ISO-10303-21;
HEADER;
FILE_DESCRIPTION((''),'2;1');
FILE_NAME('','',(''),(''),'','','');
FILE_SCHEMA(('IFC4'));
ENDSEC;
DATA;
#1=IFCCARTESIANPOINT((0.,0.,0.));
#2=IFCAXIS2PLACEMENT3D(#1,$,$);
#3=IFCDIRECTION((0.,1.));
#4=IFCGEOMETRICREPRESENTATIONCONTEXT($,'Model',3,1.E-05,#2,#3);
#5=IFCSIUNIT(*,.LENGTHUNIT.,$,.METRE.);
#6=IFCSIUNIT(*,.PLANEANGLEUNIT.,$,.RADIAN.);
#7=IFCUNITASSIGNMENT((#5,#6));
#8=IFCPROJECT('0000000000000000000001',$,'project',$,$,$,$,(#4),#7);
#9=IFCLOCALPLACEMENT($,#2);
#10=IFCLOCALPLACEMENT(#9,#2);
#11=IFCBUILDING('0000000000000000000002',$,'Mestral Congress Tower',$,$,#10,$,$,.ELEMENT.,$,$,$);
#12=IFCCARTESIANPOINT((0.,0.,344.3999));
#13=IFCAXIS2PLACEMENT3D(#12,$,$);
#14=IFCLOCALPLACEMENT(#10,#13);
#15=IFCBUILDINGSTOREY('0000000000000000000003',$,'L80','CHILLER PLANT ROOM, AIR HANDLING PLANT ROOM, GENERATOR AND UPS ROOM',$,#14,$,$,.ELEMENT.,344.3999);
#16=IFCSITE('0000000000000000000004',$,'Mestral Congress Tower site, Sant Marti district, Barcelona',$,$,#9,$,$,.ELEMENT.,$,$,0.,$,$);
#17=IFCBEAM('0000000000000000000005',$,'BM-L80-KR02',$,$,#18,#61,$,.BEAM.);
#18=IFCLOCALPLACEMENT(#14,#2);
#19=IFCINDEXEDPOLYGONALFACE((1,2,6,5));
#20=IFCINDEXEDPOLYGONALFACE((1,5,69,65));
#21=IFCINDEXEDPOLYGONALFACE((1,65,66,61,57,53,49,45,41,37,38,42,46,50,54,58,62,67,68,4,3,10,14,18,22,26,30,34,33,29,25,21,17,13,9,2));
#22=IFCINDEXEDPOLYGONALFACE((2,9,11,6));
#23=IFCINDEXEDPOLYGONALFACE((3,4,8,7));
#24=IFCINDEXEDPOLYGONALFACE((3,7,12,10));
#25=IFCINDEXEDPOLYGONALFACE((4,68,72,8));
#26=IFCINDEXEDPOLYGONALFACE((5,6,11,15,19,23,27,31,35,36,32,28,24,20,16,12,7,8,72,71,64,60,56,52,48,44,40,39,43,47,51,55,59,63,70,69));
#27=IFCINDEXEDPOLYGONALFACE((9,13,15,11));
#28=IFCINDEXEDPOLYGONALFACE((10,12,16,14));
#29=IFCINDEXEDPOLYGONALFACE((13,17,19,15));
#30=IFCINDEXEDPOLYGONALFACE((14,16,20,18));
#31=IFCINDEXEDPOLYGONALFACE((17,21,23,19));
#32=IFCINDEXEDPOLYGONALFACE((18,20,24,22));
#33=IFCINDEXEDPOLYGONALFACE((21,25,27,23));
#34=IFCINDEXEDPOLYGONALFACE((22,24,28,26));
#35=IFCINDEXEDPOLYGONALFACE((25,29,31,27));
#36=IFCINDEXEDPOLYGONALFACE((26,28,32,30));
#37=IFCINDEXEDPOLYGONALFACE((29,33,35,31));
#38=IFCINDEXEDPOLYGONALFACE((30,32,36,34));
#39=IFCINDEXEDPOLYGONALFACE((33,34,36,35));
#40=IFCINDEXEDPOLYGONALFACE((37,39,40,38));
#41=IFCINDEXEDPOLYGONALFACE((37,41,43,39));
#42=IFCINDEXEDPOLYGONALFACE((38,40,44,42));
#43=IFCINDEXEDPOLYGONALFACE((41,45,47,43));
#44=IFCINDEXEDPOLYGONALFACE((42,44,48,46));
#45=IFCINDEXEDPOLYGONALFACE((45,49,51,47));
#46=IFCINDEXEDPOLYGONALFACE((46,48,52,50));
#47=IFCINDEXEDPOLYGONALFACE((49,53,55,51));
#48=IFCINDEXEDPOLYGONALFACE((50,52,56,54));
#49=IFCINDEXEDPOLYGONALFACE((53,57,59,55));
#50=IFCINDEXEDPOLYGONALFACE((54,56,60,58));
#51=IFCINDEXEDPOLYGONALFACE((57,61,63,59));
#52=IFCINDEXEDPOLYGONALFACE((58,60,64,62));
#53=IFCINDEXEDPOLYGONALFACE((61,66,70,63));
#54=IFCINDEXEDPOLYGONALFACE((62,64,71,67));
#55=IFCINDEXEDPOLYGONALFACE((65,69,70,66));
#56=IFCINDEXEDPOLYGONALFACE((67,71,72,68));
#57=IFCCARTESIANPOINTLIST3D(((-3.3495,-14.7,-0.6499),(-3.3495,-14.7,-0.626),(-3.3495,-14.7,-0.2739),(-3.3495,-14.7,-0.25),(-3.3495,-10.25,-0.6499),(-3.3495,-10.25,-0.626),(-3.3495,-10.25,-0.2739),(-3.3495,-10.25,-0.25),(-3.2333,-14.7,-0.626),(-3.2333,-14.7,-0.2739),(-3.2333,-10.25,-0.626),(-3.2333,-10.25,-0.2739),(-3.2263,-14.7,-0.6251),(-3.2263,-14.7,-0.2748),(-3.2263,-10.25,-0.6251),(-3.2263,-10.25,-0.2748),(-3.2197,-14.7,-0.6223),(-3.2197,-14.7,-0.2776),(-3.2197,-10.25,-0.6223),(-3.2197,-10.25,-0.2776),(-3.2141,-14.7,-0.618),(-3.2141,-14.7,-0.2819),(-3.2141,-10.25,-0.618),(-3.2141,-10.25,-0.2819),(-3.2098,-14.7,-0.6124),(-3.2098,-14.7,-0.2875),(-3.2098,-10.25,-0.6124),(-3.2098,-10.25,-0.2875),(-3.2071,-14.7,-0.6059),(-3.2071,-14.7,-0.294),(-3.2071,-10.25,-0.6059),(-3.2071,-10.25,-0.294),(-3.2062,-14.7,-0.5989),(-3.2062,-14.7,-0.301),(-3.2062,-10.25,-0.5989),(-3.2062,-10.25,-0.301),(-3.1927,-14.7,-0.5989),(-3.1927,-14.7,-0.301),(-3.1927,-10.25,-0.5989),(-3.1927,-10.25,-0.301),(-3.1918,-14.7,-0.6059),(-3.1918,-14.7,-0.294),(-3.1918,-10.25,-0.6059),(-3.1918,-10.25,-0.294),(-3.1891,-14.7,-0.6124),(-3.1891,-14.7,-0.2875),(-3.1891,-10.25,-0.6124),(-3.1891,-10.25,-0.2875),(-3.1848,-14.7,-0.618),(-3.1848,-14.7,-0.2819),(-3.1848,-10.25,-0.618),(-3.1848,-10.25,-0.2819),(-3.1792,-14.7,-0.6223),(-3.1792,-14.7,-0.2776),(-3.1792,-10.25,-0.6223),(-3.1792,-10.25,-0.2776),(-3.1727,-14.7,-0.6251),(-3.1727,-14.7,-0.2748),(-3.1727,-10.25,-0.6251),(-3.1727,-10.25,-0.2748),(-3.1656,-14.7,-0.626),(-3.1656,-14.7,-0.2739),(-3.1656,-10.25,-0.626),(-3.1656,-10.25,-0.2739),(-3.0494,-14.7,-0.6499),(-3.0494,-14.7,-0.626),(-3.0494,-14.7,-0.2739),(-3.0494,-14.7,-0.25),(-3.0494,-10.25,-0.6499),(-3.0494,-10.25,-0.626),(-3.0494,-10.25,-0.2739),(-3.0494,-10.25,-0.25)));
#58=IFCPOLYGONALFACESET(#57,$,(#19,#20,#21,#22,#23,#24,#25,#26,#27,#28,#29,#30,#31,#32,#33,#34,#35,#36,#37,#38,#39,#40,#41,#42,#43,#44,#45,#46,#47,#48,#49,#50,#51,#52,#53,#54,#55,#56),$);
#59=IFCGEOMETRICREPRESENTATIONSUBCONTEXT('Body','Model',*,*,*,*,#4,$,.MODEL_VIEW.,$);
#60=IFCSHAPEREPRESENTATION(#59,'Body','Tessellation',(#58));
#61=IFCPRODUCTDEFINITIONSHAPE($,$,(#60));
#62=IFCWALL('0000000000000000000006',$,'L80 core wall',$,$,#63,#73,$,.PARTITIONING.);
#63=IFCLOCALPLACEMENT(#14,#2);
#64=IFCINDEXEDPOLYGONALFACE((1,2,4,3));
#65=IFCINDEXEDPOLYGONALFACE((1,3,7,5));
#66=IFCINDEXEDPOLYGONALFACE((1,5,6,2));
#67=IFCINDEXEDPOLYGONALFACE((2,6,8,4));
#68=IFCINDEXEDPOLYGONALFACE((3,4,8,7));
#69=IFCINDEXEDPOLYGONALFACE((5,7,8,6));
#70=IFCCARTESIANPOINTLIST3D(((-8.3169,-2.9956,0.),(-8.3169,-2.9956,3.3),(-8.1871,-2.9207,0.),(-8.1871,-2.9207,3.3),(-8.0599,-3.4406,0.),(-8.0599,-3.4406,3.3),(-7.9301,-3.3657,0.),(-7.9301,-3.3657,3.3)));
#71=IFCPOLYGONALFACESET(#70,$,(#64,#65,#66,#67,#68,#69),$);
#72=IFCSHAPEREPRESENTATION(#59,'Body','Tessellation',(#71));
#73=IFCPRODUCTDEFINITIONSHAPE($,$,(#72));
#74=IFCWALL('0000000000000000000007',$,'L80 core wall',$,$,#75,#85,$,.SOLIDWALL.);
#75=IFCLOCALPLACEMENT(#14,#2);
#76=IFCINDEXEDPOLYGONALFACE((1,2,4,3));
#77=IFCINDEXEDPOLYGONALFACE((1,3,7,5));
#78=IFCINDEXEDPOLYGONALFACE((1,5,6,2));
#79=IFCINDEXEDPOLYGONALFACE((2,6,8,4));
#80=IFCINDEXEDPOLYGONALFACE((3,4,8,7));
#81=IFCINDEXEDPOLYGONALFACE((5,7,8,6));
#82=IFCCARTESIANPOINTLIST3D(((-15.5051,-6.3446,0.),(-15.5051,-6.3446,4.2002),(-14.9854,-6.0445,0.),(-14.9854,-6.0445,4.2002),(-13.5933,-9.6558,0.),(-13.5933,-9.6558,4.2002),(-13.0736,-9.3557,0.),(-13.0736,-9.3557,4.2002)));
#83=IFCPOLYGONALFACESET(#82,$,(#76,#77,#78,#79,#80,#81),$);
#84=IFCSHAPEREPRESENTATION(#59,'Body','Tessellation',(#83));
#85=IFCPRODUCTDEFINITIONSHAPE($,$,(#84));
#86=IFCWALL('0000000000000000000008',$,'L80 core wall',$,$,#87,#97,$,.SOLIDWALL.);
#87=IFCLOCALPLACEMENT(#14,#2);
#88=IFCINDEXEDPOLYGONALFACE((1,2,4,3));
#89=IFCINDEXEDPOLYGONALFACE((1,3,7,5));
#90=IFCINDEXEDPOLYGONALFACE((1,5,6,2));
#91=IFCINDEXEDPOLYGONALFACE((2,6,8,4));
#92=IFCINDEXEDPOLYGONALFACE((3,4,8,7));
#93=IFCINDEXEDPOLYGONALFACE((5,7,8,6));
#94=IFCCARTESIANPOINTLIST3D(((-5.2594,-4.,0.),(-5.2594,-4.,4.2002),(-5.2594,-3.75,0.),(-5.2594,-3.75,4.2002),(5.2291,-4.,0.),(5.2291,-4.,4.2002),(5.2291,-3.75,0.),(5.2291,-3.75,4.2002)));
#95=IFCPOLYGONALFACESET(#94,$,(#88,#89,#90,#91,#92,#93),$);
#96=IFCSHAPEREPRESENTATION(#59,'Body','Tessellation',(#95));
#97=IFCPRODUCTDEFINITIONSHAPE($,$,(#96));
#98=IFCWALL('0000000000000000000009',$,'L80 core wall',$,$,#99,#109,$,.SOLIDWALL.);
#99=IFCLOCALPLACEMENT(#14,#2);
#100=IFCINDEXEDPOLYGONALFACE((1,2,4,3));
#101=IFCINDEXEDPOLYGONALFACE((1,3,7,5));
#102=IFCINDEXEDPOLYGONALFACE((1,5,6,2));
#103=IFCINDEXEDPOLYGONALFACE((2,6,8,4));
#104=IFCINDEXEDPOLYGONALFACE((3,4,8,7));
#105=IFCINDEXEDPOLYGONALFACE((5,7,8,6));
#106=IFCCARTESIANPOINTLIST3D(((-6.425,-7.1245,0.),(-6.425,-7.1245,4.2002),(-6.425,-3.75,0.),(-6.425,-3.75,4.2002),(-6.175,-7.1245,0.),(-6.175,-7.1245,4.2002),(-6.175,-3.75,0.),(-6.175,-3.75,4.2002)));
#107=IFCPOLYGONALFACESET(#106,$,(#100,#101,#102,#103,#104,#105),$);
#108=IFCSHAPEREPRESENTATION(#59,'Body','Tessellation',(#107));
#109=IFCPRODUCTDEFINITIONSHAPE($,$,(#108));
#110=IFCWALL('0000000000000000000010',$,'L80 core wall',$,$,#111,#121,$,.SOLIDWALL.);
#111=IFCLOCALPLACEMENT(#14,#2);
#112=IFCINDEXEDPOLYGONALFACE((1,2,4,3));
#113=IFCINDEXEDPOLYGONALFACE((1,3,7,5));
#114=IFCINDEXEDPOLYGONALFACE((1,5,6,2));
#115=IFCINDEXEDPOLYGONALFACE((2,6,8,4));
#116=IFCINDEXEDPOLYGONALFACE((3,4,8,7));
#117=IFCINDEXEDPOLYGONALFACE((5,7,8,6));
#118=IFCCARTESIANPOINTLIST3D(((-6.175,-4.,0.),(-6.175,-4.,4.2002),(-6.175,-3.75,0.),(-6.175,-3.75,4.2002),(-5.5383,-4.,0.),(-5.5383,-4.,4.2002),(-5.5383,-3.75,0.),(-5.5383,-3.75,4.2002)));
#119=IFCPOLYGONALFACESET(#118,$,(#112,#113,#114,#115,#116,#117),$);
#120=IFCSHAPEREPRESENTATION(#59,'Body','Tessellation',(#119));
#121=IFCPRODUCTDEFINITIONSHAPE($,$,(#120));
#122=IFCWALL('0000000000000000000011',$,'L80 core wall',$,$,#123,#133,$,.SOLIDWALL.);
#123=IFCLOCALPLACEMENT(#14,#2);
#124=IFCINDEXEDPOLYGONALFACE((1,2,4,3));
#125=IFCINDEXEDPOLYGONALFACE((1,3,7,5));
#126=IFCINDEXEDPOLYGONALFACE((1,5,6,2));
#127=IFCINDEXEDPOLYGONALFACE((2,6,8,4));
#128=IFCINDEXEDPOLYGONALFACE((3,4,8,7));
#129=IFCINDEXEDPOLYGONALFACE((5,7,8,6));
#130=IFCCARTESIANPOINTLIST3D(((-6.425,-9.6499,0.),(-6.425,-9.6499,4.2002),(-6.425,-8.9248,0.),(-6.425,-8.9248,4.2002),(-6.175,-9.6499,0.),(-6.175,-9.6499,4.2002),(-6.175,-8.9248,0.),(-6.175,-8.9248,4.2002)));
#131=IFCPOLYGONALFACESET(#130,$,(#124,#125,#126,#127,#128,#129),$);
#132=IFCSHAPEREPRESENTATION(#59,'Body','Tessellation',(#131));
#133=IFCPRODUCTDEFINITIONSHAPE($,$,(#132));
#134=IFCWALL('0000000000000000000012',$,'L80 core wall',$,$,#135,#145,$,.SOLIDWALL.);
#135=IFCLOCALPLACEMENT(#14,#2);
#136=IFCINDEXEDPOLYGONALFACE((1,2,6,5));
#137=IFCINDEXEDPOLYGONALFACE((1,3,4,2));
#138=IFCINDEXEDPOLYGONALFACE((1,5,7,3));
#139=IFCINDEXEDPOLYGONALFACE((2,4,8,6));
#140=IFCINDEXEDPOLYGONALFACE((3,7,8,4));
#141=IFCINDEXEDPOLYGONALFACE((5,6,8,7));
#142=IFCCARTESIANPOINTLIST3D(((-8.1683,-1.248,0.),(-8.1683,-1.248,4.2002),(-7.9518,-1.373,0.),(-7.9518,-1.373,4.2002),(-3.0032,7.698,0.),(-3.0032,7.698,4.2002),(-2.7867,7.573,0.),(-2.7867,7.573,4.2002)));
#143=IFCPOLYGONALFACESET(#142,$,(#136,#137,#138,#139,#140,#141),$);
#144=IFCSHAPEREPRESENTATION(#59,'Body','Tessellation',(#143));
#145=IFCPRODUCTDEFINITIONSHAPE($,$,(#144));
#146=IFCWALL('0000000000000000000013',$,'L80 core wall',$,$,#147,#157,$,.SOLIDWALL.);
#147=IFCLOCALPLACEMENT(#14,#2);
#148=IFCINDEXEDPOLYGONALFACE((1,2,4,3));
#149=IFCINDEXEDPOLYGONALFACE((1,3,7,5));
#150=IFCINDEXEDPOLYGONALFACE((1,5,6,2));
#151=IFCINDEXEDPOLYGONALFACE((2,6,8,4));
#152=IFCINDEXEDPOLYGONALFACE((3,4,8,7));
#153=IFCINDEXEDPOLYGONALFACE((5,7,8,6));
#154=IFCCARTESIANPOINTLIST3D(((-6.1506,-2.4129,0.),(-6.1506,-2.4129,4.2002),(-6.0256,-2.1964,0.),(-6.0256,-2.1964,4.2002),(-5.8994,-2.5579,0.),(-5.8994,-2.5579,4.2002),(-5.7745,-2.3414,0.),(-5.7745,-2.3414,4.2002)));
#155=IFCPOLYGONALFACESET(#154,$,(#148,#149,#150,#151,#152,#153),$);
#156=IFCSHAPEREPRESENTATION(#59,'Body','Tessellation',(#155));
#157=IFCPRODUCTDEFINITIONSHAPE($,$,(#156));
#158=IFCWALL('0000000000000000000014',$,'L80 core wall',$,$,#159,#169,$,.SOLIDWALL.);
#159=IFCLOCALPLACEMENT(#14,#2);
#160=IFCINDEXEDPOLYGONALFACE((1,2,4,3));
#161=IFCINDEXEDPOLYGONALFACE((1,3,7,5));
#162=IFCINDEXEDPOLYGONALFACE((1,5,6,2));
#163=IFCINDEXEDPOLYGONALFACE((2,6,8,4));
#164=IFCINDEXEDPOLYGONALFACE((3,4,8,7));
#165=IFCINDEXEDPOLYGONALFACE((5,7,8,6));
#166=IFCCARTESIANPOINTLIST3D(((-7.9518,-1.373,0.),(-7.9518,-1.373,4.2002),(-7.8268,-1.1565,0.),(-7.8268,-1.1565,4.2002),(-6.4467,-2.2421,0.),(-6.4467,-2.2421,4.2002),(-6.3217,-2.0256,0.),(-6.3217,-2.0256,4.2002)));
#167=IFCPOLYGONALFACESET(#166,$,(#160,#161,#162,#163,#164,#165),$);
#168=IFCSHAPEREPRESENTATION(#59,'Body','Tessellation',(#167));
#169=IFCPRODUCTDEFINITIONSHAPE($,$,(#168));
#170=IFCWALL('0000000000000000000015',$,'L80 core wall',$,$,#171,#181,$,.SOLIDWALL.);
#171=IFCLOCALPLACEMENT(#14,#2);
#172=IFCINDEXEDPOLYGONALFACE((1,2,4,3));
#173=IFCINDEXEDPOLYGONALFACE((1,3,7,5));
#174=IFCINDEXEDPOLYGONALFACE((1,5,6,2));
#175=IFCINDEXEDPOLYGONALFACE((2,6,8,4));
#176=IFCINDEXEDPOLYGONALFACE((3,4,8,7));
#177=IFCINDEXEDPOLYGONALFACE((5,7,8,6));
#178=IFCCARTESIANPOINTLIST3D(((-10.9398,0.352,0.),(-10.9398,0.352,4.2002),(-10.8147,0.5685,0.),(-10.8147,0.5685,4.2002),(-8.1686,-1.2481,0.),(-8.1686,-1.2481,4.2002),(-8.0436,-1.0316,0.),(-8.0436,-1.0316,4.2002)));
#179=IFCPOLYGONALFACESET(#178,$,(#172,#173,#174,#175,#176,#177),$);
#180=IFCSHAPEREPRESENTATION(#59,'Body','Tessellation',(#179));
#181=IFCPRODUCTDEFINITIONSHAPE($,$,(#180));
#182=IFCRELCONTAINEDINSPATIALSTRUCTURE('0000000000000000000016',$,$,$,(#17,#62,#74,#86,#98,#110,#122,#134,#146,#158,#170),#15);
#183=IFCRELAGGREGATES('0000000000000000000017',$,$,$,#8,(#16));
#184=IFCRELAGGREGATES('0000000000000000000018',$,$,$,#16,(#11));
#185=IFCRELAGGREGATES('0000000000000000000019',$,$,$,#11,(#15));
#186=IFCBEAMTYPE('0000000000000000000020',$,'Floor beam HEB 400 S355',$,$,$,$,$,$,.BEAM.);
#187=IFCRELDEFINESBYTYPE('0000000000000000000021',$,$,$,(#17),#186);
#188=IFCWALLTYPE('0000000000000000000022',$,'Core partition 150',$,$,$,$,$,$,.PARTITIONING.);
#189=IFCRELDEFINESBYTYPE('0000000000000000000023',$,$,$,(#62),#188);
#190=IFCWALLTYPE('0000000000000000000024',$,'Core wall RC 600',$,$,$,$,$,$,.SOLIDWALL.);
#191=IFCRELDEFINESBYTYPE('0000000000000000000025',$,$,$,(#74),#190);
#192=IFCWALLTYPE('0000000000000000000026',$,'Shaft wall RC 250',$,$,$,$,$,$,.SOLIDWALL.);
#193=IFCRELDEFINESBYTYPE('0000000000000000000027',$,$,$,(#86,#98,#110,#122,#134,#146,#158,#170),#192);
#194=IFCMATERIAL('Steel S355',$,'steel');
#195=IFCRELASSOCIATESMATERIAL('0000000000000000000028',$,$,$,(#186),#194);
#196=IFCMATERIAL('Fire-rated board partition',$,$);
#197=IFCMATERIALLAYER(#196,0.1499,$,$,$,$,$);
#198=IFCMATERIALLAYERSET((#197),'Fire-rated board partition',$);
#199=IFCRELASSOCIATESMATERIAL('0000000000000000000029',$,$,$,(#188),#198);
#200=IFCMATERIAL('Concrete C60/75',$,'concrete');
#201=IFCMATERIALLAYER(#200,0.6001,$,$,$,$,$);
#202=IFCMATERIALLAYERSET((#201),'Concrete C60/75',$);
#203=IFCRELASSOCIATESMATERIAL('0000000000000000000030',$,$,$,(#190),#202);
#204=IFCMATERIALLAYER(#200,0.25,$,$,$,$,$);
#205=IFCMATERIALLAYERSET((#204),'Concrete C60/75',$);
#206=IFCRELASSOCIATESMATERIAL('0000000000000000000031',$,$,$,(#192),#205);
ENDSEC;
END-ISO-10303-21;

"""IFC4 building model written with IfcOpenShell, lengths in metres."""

from ifc_helpers import new_model, si_unit, direction, frame, frame_2d, origin, origin_2d, place, context, subcontext, project, spatial, rectangle, i_section, extrude, material, layer, layer_set, material_profile, profile_set, type_object, element, save


model = new_model("IFC4")

# Units and contexts
model_context = context("Model", 3, precision=1e-05, world=origin(), true_north=direction((0.0, 1.0)))
body_context = subcontext(model_context, "Body", "Model", "MODEL_VIEW")
ifc_project = project(units=[si_unit("LENGTHUNIT", "METRE"), si_unit("PLANEANGLEUNIT", "RADIAN")], contexts=[model_context])

# Site, building, storey
site_placement = place(None, origin())
site = spatial("IfcSite", under=ifc_project, at=site_placement, Name="Mestral Congress Tower site, Sant Marti district, Barcelona", CompositionType="ELEMENT", RefElevation=0.0)
building_placement = place(site_placement, origin())
building = spatial("IfcBuilding", under=site, at=building_placement, Name="Mestral Congress Tower", CompositionType="ELEMENT")
storey_placement = place(building_placement, frame((0.0, 0.0, 344.3999)))
storey = spatial("IfcBuildingStorey", under=building, at=storey_placement, Name="L80", Description="CHILLER PLANT ROOM, AIR HANDLING PLANT ROOM, GENERATOR AND UPS ROOM", CompositionType="ELEMENT", Elevation=344.3999)

# Beam
ifc_material_1 = material(Name="Steel S355", Category="steel")
ifc_material_profile = material_profile(ifc_material_1, i_section(OverallWidth=0.3, OverallDepth=0.3999, WebThickness=0.0134, FlangeThickness=0.0239, FilletRadius=0.0271, at=origin_2d()), Name="HEB 400")
ifc_profile_set = profile_set([ifc_material_profile], Name="Steel S355")
beam_type = type_object("IfcBeamType", Name="Floor beam HEB 400 S355", PredefinedType="BEAM", material=ifc_profile_set)
beam_placement = place(storey_placement, frame((-3.1995, -10.25, -0.45), z_axis=(0.0, -1.0, 0.0), x_axis=(1.0, 0.0, 0.0)))
element("IfcBeam", 1, at=beam_placement, inside=storey, type_object=beam_type, Name="BM-L80-KR02", PredefinedType="BEAM", context=body_context, shape_type="SweptSolid", body=[
    extrude(i_section(OverallWidth=0.3, OverallDepth=0.3999, WebThickness=0.0134, FlangeThickness=0.0239, FilletRadius=0.0271, at=origin_2d()), origin(), (0.0, 0.0, 1.0), 4.45),
])

# Walls
ifc_material_2 = material(Name="Fire-rated board partition")
ifc_layer_1 = layer(ifc_material_2, 0.1499)
ifc_layer_set_1 = layer_set([ifc_layer_1], Name="Fire-rated board partition")
wall_type_1 = type_object("IfcWallType", Name="Core partition 150", PredefinedType="PARTITIONING", material=ifc_layer_set_1)
wall_1_placement = place(storey_placement, frame((-8.252, -2.9583, 0.0), z_axis=(0.0, 0.0, 1.0), x_axis=(0.500175, -0.865925, 0.0)))
element("IfcWall", 2, at=wall_1_placement, inside=storey, type_object=wall_type_1, Name="L80 core wall", PredefinedType="PARTITIONING", context=body_context, shape_type="SweptSolid", body=[
    extrude(rectangle(XDim=0.5139, YDim=0.1499, at=frame_2d((0.2568, 0.0))), origin(), (0.0, 0.0, 1.0), 3.3),
])
ifc_material_3 = material(Name="Concrete C60/75", Category="concrete")
ifc_layer_2 = layer(ifc_material_3, 0.6001)
ifc_layer_set_2 = layer_set([ifc_layer_2], Name="Concrete C60/75")
wall_type_2 = type_object("IfcWallType", Name="Core wall RC 600", PredefinedType="SOLIDWALL", material=ifc_layer_set_2)
wall_2_placement = place(storey_placement, frame((-13.3335, -9.5056, 0.0), z_axis=(0.0, 0.0, 1.0), x_axis=(-0.500019, 0.866014, 0.0)))
element("IfcWall", 3, at=wall_2_placement, inside=storey, type_object=wall_type_2, Name="L80 core wall", PredefinedType="SOLIDWALL", context=body_context, shape_type="SweptSolid", body=[
    extrude(rectangle(XDim=3.8235, YDim=0.6001, at=frame_2d((1.9116, 0.0))), origin(), (0.0, 0.0, 1.0), 4.2002),
])
ifc_layer_3 = layer(ifc_material_3, 0.25)
ifc_layer_set_3 = layer_set([ifc_layer_3], Name="Concrete C60/75")
wall_type_3 = type_object("IfcWallType", Name="Shaft wall RC 250", PredefinedType="SOLIDWALL", material=ifc_layer_set_3)
wall_3_placement = place(storey_placement, frame((-5.2593, -3.875, 0.0), z_axis=(0.0, 0.0, 1.0), x_axis=(1.0, 0.0, 0.0)))
element("IfcWall", 4, at=wall_3_placement, inside=storey, type_object=wall_type_3, Name="L80 core wall", PredefinedType="SOLIDWALL", context=body_context, shape_type="SweptSolid", body=[
    extrude(rectangle(XDim=10.4885, YDim=0.25, at=frame_2d((5.2441, 0.0))), origin(), (0.0, 0.0, 1.0), 4.2002),
])
wall_4_placement = place(storey_placement, frame((-6.3, -7.1245, 0.0), z_axis=(0.0, 0.0, 1.0), x_axis=(0.0, 1.0, 0.0)))
element("IfcWall", 5, at=wall_4_placement, inside=storey, type_object=wall_type_3, Name="L80 core wall", PredefinedType="SOLIDWALL", context=body_context, shape_type="SweptSolid", body=[
    extrude(rectangle(XDim=3.3745, YDim=0.25, at=frame_2d((1.6873, 0.0))), origin(), (0.0, 0.0, 1.0), 4.2002),
])
wall_5_placement = place(storey_placement, frame((-6.175, -3.875, 0.0), z_axis=(0.0, 0.0, 1.0), x_axis=(1.0, 0.0, 0.0)))
element("IfcWall", 6, at=wall_5_placement, inside=storey, type_object=wall_type_3, Name="L80 core wall", PredefinedType="SOLIDWALL", context=body_context, shape_type="SweptSolid", body=[
    extrude(rectangle(XDim=0.6367, YDim=0.25, at=frame_2d((0.3184, 0.0))), origin(), (0.0, 0.0, 1.0), 4.2002),
])
wall_6_placement = place(storey_placement, frame((-6.3, -8.9248, 0.0), z_axis=(0.0, 0.0, 1.0), x_axis=(0.0, -1.0, 0.0)))
element("IfcWall", 7, at=wall_6_placement, inside=storey, type_object=wall_type_3, Name="L80 core wall", PredefinedType="SOLIDWALL", context=body_context, shape_type="SweptSolid", body=[
    extrude(rectangle(XDim=0.7251, YDim=0.25, at=frame_2d((0.3625, 0.0))), origin(), (0.0, 0.0, 1.0), 4.2002),
])
wall_7_placement = place(storey_placement, frame((-8.0601, -1.3105, 0.0), z_axis=(0.0, 0.0, 1.0), x_axis=(0.500003, 0.866024, 0.0)))
element("IfcWall", 8, at=wall_7_placement, inside=storey, type_object=wall_type_3, Name="L80 core wall", PredefinedType="SOLIDWALL", context=body_context, shape_type="SweptSolid", body=[
    extrude(rectangle(XDim=10.3301, YDim=0.25, at=frame_2d((5.165, 0.0))), origin(), (0.0, 0.0, 1.0), 4.2002),
])
wall_8_placement = place(storey_placement, frame((-6.0881, -2.3047, 0.0), z_axis=(0.0, 0.0, 1.0), x_axis=(0.866059, -0.499941, 0.0)))
element("IfcWall", 9, at=wall_8_placement, inside=storey, type_object=wall_type_3, Name="L80 core wall", PredefinedType="SOLIDWALL", context=body_context, shape_type="SweptSolid", body=[
    extrude(rectangle(XDim=0.29, YDim=0.25, at=frame_2d((0.145, 0.0))), origin(), (0.0, 0.0, 1.0), 4.2002),
])
wall_9_placement = place(storey_placement, frame((-7.8894, -1.2646, 0.0), z_axis=(0.0, 0.0, 1.0), x_axis=(0.865987, -0.500067, 0.0)))
element("IfcWall", 10, at=wall_9_placement, inside=storey, type_object=wall_type_3, Name="L80 core wall", PredefinedType="SOLIDWALL", context=body_context, shape_type="SweptSolid", body=[
    extrude(rectangle(XDim=1.738, YDim=0.25, at=frame_2d((0.8691, 0.0))), origin(), (0.0, 0.0, 1.0), 4.2002),
])
wall_10_placement = place(storey_placement, frame((-8.106, -1.1399, 0.0), z_axis=(0.0, 0.0, 1.0), x_axis=(-0.866009, 0.500028, 0.0)))
element("IfcWall", 11, at=wall_10_placement, inside=storey, type_object=wall_type_3, Name="L80 core wall", PredefinedType="SOLIDWALL", context=body_context, shape_type="SweptSolid", body=[
    extrude(rectangle(XDim=3.2, YDim=0.25, at=frame_2d((1.6001, 0.0))), origin(), (0.0, 0.0, 1.0), 4.2002),
])

save(model, "model.ifc")
